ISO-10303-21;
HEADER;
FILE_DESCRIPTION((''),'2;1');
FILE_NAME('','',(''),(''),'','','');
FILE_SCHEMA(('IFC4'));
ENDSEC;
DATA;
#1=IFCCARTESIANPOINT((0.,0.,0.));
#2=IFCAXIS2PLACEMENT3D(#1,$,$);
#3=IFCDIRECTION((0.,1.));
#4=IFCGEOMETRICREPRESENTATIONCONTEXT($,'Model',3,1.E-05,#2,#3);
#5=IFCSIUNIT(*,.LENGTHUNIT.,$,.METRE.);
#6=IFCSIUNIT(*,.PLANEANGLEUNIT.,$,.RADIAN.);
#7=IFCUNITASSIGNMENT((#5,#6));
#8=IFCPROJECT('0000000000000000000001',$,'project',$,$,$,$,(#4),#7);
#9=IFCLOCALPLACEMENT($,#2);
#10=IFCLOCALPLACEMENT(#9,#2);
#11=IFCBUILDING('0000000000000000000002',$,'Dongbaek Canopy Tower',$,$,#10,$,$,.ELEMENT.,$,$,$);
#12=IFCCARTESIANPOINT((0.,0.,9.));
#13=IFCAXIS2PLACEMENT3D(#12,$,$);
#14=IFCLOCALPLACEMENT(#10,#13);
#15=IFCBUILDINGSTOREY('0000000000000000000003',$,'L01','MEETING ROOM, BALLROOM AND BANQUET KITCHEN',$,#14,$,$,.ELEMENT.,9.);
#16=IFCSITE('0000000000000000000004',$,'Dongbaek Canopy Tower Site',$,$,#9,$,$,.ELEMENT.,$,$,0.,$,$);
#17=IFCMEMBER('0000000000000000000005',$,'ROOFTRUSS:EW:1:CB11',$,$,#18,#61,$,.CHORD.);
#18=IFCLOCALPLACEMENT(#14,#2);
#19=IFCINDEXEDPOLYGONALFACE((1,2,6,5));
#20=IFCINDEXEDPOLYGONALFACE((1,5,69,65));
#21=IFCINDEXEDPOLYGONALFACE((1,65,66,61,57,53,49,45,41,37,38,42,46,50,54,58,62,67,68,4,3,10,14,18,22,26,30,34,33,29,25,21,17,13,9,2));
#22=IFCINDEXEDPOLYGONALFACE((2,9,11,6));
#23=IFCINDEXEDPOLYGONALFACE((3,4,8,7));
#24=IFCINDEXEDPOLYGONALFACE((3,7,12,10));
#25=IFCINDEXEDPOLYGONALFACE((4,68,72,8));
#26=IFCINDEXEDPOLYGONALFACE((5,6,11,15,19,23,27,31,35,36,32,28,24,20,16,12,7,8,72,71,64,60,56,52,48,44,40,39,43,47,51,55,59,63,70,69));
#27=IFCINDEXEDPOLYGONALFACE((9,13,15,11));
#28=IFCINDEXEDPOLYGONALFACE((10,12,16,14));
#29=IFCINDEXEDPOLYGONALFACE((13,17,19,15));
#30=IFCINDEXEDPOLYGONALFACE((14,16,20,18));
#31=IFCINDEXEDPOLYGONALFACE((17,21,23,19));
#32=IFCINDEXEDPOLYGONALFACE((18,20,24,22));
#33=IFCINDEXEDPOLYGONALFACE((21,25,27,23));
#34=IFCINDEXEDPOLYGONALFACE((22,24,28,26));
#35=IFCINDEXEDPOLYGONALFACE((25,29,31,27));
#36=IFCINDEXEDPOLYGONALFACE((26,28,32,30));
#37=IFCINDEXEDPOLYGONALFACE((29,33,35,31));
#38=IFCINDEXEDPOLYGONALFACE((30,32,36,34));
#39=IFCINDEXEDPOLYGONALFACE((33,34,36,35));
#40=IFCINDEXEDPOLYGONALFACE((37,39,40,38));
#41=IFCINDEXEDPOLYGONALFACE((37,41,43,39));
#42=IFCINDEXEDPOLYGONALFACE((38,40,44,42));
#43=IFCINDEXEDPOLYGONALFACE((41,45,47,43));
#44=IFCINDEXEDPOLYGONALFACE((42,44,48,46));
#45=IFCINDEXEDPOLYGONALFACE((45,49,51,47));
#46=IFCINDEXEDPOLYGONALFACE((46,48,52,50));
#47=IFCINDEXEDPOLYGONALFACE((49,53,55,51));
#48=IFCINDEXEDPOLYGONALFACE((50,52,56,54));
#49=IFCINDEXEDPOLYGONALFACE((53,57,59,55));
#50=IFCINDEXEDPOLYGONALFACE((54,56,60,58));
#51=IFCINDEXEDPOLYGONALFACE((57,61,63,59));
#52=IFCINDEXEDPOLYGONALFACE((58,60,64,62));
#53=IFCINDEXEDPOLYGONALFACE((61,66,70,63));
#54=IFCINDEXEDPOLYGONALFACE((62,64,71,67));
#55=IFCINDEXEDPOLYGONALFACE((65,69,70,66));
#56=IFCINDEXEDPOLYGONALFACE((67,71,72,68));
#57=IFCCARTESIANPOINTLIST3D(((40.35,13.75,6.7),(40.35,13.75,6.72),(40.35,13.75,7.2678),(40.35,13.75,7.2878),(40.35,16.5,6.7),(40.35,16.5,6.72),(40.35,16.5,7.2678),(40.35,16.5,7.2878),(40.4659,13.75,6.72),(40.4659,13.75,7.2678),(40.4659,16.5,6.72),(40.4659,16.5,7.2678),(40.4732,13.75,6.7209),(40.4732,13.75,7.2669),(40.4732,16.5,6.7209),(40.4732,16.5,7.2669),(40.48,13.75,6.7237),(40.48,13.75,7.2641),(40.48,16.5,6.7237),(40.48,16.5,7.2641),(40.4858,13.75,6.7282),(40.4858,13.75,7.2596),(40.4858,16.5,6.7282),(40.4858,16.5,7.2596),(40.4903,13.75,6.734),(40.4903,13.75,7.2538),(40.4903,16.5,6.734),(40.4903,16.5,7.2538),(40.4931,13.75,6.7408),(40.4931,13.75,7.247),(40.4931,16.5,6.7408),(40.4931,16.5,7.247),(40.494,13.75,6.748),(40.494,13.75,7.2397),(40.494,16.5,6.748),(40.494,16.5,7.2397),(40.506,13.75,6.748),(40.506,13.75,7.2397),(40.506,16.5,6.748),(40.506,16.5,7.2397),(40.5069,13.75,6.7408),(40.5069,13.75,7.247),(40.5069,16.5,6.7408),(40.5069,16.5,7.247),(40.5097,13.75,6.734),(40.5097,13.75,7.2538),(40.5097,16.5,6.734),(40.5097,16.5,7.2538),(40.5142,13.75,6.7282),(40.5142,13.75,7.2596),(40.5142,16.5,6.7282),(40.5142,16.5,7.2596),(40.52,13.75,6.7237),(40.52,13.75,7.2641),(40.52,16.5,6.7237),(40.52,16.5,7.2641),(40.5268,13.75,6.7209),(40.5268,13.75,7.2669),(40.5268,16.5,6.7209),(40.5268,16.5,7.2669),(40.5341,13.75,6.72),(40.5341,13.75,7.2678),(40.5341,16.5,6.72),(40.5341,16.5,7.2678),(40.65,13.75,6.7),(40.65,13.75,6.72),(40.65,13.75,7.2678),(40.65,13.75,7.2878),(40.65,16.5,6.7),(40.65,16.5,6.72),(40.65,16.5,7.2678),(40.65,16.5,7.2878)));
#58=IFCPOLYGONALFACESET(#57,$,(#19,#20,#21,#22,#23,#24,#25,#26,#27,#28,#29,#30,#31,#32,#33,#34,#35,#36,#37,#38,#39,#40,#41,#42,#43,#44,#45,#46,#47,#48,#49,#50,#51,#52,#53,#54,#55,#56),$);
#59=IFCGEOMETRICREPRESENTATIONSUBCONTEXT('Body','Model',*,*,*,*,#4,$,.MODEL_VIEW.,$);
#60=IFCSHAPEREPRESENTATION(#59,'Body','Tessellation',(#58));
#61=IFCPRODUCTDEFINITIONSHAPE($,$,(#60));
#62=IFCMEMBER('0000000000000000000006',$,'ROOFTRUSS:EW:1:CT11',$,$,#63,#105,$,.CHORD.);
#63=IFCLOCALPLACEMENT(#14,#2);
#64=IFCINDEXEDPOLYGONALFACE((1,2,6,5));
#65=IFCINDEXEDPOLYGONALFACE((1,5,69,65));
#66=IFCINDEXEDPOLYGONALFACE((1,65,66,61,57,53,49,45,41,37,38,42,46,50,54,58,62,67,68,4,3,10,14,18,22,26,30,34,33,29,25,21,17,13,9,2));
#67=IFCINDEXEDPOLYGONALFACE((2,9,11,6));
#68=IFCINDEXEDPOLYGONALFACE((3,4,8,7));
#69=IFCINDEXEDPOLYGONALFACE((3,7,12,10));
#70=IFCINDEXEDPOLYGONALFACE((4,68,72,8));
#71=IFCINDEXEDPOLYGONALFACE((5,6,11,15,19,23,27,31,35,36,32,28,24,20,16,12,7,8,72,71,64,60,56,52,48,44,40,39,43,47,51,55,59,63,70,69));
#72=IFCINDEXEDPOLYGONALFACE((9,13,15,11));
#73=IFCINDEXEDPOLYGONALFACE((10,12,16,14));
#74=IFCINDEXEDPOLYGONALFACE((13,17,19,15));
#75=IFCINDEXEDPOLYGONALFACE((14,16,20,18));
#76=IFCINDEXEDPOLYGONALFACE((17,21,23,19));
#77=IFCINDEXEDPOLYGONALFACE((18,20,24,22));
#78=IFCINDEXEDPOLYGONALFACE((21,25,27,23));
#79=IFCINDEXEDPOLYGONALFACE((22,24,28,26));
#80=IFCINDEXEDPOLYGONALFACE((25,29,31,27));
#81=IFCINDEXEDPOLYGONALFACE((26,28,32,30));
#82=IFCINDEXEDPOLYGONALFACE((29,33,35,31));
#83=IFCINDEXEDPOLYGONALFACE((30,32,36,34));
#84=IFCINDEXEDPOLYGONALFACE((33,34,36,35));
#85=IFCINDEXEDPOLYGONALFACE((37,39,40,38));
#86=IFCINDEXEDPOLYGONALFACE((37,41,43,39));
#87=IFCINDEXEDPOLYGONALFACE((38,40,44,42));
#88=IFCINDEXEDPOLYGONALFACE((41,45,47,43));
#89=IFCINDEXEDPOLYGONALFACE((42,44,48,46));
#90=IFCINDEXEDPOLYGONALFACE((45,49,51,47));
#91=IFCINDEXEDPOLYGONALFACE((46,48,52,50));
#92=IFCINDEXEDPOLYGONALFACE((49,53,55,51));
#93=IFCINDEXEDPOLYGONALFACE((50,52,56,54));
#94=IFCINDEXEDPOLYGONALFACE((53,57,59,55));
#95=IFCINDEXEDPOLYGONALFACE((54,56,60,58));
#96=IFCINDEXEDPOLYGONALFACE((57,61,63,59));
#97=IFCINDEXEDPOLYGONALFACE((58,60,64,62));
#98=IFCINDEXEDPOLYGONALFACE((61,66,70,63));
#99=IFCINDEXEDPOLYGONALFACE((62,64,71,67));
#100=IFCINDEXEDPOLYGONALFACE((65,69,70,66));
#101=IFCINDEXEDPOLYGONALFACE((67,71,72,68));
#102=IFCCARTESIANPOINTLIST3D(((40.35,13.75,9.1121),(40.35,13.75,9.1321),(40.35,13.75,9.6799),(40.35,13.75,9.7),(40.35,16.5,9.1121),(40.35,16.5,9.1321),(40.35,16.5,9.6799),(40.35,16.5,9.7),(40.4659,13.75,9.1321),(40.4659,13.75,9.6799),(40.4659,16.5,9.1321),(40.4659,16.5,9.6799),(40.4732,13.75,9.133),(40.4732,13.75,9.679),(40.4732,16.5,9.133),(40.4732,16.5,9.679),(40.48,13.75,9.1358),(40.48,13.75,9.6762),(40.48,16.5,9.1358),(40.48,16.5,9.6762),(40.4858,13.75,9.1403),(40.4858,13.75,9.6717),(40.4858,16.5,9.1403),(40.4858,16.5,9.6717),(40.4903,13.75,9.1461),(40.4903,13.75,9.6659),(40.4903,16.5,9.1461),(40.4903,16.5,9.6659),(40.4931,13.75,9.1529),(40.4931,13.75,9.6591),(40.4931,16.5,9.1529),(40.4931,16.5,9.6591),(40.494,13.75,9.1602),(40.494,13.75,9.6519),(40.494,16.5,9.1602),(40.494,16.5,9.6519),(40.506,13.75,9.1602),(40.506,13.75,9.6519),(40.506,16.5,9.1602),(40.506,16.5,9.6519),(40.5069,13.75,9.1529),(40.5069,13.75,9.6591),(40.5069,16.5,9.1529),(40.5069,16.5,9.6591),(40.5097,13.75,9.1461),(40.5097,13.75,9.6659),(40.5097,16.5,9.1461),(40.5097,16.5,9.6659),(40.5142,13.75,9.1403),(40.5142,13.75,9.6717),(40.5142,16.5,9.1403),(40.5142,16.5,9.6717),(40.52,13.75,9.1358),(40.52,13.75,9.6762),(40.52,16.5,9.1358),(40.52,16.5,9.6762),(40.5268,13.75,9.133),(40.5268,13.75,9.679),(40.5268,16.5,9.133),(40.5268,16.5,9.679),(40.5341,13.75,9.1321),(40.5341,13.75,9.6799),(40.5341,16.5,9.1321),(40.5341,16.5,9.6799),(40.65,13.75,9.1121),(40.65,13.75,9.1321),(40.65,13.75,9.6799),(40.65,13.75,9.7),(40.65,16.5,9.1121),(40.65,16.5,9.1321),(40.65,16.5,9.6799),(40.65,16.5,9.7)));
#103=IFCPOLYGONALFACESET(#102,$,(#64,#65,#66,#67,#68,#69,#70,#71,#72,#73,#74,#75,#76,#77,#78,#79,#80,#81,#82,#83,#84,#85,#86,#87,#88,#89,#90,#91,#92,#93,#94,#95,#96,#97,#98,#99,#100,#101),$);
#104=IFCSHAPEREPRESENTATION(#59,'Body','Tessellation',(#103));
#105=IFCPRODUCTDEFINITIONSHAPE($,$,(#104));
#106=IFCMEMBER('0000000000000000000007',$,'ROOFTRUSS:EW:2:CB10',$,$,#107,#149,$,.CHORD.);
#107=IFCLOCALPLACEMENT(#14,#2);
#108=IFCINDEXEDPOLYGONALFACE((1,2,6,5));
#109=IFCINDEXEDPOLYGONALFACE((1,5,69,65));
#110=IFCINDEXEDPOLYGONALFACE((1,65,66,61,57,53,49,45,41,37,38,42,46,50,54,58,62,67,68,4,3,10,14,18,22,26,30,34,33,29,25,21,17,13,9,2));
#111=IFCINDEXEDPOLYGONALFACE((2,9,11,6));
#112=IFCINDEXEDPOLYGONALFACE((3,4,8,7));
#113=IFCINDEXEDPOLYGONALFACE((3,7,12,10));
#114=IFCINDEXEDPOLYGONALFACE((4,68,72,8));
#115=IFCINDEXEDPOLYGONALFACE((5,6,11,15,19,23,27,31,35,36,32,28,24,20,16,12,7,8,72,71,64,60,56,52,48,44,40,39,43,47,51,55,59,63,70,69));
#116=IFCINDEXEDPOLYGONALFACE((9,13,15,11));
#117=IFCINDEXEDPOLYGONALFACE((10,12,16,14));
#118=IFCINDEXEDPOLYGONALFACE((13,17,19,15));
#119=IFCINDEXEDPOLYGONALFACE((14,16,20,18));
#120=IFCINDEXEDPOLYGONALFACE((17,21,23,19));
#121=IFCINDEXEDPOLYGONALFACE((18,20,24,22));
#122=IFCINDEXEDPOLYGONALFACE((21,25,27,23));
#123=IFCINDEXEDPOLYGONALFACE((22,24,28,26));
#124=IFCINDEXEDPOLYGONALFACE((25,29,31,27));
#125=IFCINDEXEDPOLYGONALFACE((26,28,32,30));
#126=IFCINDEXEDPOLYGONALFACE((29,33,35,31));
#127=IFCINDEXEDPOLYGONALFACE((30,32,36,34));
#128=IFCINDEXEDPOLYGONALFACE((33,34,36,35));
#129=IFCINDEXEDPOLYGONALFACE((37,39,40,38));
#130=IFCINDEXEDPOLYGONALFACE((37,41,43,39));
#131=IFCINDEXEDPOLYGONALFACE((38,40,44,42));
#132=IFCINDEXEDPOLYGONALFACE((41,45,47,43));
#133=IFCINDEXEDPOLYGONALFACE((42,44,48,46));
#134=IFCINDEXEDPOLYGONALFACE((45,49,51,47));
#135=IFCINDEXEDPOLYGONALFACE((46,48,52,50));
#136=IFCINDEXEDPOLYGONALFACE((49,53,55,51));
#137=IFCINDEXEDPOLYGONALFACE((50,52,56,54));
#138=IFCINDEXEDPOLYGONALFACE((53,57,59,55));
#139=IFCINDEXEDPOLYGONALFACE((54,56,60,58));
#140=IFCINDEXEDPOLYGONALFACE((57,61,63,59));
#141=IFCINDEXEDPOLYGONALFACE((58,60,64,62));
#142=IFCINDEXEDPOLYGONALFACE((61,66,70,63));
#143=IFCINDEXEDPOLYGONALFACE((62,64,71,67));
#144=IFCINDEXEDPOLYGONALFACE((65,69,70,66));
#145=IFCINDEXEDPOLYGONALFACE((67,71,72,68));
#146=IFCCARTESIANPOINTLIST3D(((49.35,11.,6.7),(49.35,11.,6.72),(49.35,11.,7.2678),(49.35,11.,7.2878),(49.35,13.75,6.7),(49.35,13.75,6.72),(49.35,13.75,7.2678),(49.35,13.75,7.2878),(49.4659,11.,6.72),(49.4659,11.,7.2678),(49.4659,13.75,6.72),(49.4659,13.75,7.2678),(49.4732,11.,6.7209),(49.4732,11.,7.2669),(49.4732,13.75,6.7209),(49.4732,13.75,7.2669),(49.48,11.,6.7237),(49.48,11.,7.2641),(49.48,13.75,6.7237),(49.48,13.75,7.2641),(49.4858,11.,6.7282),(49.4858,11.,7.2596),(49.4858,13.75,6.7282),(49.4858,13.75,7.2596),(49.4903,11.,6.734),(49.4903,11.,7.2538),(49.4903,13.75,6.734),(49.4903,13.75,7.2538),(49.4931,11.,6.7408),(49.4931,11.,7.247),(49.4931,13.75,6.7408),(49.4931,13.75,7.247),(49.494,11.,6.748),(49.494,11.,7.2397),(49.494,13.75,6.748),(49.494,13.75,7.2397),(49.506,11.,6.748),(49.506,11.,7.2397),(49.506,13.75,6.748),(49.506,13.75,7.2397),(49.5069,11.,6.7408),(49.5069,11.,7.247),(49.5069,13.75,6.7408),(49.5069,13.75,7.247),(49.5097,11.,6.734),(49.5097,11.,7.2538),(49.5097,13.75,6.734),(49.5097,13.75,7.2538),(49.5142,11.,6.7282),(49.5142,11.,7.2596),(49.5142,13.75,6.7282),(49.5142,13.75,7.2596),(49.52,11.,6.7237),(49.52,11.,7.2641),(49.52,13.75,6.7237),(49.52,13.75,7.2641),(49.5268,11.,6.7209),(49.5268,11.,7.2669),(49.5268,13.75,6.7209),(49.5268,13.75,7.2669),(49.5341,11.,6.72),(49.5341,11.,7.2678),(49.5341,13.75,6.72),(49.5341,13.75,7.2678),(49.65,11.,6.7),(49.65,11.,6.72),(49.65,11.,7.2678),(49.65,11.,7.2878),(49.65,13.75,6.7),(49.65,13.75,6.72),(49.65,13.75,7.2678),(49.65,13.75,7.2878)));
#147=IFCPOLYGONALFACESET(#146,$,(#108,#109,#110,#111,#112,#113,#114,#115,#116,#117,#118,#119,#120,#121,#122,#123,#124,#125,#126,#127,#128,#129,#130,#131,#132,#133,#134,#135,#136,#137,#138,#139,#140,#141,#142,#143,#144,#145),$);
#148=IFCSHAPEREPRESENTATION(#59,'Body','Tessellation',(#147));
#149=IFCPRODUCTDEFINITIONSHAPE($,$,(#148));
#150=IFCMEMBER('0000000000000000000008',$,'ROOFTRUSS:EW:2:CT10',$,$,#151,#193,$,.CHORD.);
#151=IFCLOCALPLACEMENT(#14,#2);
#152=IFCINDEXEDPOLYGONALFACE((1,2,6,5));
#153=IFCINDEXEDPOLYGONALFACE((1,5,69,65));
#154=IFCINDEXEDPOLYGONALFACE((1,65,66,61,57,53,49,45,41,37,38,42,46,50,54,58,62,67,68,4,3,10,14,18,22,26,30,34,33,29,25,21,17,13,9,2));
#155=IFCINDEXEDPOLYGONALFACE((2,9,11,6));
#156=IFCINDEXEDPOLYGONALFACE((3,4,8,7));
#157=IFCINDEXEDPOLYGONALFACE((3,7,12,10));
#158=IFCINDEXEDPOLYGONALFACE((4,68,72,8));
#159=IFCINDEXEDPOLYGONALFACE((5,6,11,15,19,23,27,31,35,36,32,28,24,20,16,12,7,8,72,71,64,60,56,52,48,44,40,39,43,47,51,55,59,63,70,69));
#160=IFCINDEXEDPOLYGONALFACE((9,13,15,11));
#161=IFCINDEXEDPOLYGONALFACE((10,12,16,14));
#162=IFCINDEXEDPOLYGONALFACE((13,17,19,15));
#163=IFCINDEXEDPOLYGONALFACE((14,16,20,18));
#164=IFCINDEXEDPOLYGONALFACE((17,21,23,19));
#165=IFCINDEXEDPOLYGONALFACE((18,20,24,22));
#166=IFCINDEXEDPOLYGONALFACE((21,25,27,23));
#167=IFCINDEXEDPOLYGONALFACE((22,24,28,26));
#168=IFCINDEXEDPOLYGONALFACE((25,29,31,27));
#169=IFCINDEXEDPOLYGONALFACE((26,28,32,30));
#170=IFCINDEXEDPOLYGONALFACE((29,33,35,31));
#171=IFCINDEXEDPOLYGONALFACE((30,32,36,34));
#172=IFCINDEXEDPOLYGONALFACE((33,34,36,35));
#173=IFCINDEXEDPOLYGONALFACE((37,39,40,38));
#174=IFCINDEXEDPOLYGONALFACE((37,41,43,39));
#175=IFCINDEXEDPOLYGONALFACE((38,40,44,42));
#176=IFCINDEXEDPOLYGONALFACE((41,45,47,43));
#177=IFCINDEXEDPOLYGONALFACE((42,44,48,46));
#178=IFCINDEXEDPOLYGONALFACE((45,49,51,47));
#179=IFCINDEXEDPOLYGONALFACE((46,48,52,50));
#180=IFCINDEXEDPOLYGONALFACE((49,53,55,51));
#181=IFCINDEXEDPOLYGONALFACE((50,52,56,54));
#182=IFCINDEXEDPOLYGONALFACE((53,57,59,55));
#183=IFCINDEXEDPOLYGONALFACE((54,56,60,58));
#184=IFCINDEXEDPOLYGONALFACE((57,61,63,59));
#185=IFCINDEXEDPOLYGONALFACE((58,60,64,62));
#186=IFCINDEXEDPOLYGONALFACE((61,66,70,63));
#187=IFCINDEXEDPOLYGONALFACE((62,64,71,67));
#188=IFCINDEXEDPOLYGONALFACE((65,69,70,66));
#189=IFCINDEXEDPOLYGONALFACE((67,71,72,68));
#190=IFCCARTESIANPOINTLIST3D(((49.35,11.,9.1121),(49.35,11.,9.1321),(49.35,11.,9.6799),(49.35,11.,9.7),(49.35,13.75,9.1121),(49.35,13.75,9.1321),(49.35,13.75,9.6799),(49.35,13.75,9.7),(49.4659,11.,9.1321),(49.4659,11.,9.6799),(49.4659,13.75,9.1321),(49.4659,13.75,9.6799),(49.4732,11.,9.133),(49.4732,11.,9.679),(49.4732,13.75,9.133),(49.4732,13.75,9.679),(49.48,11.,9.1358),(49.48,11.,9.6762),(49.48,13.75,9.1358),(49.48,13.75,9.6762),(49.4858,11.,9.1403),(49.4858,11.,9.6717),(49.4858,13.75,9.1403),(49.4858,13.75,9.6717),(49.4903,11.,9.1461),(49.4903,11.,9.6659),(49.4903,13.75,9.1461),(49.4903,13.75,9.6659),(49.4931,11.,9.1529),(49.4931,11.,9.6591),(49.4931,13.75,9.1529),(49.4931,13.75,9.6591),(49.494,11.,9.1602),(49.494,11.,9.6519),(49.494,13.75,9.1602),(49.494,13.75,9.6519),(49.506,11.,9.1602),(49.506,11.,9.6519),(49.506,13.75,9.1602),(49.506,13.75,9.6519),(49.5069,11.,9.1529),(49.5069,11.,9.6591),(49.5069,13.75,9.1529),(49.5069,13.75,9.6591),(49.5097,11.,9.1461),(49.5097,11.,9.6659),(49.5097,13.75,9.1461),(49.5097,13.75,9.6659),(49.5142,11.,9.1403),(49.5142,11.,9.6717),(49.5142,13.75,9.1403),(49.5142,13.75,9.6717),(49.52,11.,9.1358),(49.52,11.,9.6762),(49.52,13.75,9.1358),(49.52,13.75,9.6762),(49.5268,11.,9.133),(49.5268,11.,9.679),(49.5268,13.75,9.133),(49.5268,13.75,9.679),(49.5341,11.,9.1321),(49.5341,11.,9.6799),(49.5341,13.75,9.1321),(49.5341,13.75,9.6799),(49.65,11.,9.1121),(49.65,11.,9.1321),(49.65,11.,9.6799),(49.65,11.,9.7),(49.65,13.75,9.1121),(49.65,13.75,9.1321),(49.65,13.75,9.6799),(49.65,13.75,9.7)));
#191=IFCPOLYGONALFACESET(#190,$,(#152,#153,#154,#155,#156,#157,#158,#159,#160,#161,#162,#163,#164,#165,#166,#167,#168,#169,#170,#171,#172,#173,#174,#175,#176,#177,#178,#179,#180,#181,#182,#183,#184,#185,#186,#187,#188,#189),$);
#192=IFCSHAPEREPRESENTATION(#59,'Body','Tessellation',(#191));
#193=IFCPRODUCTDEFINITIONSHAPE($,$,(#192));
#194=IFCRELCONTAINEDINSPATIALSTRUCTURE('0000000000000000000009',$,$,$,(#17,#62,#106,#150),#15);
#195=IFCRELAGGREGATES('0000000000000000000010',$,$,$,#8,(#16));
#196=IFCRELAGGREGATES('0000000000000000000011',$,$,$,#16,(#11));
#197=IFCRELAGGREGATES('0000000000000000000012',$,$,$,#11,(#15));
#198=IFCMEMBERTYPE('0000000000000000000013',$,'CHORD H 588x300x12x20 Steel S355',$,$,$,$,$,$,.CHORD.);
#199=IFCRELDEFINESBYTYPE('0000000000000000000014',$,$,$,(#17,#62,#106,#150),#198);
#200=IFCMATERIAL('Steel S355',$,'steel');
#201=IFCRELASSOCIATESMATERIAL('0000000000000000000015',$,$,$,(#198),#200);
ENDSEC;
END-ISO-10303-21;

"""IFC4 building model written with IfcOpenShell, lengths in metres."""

from ifc_helpers import new_model, si_unit, direction, frame, origin, origin_2d, place, context, subcontext, project, spatial, i_section, extrude, material, material_profile, profile_set, type_object, element, save


model = new_model("IFC4")

# Units and contexts
model_context = context("Model", 3, precision=1e-05, world=origin(), true_north=direction((0.0, 1.0)))
body_context = subcontext(model_context, "Body", "Model", "MODEL_VIEW")
ifc_project = project(units=[si_unit("LENGTHUNIT", "METRE"), si_unit("PLANEANGLEUNIT", "RADIAN")], contexts=[model_context])

# Site, building, storey
site_placement = place(None, origin())
site = spatial("IfcSite", under=ifc_project, at=site_placement, Name="Dongbaek Canopy Tower Site", CompositionType="ELEMENT", RefElevation=0.0)
building_placement = place(site_placement, origin())
building = spatial("IfcBuilding", under=site, at=building_placement, Name="Dongbaek Canopy Tower", CompositionType="ELEMENT")
storey_placement = place(building_placement, frame((0.0, 0.0, 9.0)))
storey = spatial("IfcBuildingStorey", under=building, at=storey_placement, Name="L01", Description="MEETING ROOM, BALLROOM AND BANQUET KITCHEN", CompositionType="ELEMENT", Elevation=9.0)

# Members
ifc_material_1 = material(Name="Steel S355", Category="steel")
ifc_material_profile_1 = material_profile(ifc_material_1, i_section(OverallWidth=0.3, OverallDepth=0.5879, WebThickness=0.012, FlangeThickness=0.02, FilletRadius=0.0281, at=origin_2d()), Name="CHORD H 588x300x12x20 Steel S355")
ifc_profile_set_1 = profile_set([ifc_material_profile_1], Name="Steel S355")
member_type_1 = type_object("IfcMemberType", Name="CHORD H 588x300x12x20 Steel S355", PredefinedType="CHORD", material=ifc_profile_set_1)
for number, where, z_axis, x_axis, name in (
    (1, (40.5, 13.75, 6.9939), (0.0, 1.0, 0.0), (-1.0, 0.0, 0.0), "ROOFTRUSS:EW:1:CB11"),
    (2, (40.5, 13.75, 9.406), (0.0, 1.0, 0.0), (-1.0, 0.0, 0.0), "ROOFTRUSS:EW:1:CT11"),
    (3, (49.5, 11.0, 6.9939), (0.0, 1.0, 0.0), (-1.0, 0.0, 0.0), "ROOFTRUSS:EW:2:CB10"),
    (4, (49.5, 11.0, 9.406), (0.0, 1.0, 0.0), (-1.0, 0.0, 0.0), "ROOFTRUSS:EW:2:CT10"),
):
    element("IfcMember", number, at=place(storey_placement, frame(where, z_axis=z_axis, x_axis=x_axis)), inside=storey, type_object=member_type_1, Name=name, PredefinedType="CHORD", context=body_context, shape_type="SweptSolid", body=[
        extrude(i_section(OverallWidth=0.3, OverallDepth=0.5879, WebThickness=0.012, FlangeThickness=0.02, FilletRadius=0.0281, at=origin_2d()), origin(), (0.0, 0.0, 1.0), 2.75),
    ])

save(model, "model.ifc")
